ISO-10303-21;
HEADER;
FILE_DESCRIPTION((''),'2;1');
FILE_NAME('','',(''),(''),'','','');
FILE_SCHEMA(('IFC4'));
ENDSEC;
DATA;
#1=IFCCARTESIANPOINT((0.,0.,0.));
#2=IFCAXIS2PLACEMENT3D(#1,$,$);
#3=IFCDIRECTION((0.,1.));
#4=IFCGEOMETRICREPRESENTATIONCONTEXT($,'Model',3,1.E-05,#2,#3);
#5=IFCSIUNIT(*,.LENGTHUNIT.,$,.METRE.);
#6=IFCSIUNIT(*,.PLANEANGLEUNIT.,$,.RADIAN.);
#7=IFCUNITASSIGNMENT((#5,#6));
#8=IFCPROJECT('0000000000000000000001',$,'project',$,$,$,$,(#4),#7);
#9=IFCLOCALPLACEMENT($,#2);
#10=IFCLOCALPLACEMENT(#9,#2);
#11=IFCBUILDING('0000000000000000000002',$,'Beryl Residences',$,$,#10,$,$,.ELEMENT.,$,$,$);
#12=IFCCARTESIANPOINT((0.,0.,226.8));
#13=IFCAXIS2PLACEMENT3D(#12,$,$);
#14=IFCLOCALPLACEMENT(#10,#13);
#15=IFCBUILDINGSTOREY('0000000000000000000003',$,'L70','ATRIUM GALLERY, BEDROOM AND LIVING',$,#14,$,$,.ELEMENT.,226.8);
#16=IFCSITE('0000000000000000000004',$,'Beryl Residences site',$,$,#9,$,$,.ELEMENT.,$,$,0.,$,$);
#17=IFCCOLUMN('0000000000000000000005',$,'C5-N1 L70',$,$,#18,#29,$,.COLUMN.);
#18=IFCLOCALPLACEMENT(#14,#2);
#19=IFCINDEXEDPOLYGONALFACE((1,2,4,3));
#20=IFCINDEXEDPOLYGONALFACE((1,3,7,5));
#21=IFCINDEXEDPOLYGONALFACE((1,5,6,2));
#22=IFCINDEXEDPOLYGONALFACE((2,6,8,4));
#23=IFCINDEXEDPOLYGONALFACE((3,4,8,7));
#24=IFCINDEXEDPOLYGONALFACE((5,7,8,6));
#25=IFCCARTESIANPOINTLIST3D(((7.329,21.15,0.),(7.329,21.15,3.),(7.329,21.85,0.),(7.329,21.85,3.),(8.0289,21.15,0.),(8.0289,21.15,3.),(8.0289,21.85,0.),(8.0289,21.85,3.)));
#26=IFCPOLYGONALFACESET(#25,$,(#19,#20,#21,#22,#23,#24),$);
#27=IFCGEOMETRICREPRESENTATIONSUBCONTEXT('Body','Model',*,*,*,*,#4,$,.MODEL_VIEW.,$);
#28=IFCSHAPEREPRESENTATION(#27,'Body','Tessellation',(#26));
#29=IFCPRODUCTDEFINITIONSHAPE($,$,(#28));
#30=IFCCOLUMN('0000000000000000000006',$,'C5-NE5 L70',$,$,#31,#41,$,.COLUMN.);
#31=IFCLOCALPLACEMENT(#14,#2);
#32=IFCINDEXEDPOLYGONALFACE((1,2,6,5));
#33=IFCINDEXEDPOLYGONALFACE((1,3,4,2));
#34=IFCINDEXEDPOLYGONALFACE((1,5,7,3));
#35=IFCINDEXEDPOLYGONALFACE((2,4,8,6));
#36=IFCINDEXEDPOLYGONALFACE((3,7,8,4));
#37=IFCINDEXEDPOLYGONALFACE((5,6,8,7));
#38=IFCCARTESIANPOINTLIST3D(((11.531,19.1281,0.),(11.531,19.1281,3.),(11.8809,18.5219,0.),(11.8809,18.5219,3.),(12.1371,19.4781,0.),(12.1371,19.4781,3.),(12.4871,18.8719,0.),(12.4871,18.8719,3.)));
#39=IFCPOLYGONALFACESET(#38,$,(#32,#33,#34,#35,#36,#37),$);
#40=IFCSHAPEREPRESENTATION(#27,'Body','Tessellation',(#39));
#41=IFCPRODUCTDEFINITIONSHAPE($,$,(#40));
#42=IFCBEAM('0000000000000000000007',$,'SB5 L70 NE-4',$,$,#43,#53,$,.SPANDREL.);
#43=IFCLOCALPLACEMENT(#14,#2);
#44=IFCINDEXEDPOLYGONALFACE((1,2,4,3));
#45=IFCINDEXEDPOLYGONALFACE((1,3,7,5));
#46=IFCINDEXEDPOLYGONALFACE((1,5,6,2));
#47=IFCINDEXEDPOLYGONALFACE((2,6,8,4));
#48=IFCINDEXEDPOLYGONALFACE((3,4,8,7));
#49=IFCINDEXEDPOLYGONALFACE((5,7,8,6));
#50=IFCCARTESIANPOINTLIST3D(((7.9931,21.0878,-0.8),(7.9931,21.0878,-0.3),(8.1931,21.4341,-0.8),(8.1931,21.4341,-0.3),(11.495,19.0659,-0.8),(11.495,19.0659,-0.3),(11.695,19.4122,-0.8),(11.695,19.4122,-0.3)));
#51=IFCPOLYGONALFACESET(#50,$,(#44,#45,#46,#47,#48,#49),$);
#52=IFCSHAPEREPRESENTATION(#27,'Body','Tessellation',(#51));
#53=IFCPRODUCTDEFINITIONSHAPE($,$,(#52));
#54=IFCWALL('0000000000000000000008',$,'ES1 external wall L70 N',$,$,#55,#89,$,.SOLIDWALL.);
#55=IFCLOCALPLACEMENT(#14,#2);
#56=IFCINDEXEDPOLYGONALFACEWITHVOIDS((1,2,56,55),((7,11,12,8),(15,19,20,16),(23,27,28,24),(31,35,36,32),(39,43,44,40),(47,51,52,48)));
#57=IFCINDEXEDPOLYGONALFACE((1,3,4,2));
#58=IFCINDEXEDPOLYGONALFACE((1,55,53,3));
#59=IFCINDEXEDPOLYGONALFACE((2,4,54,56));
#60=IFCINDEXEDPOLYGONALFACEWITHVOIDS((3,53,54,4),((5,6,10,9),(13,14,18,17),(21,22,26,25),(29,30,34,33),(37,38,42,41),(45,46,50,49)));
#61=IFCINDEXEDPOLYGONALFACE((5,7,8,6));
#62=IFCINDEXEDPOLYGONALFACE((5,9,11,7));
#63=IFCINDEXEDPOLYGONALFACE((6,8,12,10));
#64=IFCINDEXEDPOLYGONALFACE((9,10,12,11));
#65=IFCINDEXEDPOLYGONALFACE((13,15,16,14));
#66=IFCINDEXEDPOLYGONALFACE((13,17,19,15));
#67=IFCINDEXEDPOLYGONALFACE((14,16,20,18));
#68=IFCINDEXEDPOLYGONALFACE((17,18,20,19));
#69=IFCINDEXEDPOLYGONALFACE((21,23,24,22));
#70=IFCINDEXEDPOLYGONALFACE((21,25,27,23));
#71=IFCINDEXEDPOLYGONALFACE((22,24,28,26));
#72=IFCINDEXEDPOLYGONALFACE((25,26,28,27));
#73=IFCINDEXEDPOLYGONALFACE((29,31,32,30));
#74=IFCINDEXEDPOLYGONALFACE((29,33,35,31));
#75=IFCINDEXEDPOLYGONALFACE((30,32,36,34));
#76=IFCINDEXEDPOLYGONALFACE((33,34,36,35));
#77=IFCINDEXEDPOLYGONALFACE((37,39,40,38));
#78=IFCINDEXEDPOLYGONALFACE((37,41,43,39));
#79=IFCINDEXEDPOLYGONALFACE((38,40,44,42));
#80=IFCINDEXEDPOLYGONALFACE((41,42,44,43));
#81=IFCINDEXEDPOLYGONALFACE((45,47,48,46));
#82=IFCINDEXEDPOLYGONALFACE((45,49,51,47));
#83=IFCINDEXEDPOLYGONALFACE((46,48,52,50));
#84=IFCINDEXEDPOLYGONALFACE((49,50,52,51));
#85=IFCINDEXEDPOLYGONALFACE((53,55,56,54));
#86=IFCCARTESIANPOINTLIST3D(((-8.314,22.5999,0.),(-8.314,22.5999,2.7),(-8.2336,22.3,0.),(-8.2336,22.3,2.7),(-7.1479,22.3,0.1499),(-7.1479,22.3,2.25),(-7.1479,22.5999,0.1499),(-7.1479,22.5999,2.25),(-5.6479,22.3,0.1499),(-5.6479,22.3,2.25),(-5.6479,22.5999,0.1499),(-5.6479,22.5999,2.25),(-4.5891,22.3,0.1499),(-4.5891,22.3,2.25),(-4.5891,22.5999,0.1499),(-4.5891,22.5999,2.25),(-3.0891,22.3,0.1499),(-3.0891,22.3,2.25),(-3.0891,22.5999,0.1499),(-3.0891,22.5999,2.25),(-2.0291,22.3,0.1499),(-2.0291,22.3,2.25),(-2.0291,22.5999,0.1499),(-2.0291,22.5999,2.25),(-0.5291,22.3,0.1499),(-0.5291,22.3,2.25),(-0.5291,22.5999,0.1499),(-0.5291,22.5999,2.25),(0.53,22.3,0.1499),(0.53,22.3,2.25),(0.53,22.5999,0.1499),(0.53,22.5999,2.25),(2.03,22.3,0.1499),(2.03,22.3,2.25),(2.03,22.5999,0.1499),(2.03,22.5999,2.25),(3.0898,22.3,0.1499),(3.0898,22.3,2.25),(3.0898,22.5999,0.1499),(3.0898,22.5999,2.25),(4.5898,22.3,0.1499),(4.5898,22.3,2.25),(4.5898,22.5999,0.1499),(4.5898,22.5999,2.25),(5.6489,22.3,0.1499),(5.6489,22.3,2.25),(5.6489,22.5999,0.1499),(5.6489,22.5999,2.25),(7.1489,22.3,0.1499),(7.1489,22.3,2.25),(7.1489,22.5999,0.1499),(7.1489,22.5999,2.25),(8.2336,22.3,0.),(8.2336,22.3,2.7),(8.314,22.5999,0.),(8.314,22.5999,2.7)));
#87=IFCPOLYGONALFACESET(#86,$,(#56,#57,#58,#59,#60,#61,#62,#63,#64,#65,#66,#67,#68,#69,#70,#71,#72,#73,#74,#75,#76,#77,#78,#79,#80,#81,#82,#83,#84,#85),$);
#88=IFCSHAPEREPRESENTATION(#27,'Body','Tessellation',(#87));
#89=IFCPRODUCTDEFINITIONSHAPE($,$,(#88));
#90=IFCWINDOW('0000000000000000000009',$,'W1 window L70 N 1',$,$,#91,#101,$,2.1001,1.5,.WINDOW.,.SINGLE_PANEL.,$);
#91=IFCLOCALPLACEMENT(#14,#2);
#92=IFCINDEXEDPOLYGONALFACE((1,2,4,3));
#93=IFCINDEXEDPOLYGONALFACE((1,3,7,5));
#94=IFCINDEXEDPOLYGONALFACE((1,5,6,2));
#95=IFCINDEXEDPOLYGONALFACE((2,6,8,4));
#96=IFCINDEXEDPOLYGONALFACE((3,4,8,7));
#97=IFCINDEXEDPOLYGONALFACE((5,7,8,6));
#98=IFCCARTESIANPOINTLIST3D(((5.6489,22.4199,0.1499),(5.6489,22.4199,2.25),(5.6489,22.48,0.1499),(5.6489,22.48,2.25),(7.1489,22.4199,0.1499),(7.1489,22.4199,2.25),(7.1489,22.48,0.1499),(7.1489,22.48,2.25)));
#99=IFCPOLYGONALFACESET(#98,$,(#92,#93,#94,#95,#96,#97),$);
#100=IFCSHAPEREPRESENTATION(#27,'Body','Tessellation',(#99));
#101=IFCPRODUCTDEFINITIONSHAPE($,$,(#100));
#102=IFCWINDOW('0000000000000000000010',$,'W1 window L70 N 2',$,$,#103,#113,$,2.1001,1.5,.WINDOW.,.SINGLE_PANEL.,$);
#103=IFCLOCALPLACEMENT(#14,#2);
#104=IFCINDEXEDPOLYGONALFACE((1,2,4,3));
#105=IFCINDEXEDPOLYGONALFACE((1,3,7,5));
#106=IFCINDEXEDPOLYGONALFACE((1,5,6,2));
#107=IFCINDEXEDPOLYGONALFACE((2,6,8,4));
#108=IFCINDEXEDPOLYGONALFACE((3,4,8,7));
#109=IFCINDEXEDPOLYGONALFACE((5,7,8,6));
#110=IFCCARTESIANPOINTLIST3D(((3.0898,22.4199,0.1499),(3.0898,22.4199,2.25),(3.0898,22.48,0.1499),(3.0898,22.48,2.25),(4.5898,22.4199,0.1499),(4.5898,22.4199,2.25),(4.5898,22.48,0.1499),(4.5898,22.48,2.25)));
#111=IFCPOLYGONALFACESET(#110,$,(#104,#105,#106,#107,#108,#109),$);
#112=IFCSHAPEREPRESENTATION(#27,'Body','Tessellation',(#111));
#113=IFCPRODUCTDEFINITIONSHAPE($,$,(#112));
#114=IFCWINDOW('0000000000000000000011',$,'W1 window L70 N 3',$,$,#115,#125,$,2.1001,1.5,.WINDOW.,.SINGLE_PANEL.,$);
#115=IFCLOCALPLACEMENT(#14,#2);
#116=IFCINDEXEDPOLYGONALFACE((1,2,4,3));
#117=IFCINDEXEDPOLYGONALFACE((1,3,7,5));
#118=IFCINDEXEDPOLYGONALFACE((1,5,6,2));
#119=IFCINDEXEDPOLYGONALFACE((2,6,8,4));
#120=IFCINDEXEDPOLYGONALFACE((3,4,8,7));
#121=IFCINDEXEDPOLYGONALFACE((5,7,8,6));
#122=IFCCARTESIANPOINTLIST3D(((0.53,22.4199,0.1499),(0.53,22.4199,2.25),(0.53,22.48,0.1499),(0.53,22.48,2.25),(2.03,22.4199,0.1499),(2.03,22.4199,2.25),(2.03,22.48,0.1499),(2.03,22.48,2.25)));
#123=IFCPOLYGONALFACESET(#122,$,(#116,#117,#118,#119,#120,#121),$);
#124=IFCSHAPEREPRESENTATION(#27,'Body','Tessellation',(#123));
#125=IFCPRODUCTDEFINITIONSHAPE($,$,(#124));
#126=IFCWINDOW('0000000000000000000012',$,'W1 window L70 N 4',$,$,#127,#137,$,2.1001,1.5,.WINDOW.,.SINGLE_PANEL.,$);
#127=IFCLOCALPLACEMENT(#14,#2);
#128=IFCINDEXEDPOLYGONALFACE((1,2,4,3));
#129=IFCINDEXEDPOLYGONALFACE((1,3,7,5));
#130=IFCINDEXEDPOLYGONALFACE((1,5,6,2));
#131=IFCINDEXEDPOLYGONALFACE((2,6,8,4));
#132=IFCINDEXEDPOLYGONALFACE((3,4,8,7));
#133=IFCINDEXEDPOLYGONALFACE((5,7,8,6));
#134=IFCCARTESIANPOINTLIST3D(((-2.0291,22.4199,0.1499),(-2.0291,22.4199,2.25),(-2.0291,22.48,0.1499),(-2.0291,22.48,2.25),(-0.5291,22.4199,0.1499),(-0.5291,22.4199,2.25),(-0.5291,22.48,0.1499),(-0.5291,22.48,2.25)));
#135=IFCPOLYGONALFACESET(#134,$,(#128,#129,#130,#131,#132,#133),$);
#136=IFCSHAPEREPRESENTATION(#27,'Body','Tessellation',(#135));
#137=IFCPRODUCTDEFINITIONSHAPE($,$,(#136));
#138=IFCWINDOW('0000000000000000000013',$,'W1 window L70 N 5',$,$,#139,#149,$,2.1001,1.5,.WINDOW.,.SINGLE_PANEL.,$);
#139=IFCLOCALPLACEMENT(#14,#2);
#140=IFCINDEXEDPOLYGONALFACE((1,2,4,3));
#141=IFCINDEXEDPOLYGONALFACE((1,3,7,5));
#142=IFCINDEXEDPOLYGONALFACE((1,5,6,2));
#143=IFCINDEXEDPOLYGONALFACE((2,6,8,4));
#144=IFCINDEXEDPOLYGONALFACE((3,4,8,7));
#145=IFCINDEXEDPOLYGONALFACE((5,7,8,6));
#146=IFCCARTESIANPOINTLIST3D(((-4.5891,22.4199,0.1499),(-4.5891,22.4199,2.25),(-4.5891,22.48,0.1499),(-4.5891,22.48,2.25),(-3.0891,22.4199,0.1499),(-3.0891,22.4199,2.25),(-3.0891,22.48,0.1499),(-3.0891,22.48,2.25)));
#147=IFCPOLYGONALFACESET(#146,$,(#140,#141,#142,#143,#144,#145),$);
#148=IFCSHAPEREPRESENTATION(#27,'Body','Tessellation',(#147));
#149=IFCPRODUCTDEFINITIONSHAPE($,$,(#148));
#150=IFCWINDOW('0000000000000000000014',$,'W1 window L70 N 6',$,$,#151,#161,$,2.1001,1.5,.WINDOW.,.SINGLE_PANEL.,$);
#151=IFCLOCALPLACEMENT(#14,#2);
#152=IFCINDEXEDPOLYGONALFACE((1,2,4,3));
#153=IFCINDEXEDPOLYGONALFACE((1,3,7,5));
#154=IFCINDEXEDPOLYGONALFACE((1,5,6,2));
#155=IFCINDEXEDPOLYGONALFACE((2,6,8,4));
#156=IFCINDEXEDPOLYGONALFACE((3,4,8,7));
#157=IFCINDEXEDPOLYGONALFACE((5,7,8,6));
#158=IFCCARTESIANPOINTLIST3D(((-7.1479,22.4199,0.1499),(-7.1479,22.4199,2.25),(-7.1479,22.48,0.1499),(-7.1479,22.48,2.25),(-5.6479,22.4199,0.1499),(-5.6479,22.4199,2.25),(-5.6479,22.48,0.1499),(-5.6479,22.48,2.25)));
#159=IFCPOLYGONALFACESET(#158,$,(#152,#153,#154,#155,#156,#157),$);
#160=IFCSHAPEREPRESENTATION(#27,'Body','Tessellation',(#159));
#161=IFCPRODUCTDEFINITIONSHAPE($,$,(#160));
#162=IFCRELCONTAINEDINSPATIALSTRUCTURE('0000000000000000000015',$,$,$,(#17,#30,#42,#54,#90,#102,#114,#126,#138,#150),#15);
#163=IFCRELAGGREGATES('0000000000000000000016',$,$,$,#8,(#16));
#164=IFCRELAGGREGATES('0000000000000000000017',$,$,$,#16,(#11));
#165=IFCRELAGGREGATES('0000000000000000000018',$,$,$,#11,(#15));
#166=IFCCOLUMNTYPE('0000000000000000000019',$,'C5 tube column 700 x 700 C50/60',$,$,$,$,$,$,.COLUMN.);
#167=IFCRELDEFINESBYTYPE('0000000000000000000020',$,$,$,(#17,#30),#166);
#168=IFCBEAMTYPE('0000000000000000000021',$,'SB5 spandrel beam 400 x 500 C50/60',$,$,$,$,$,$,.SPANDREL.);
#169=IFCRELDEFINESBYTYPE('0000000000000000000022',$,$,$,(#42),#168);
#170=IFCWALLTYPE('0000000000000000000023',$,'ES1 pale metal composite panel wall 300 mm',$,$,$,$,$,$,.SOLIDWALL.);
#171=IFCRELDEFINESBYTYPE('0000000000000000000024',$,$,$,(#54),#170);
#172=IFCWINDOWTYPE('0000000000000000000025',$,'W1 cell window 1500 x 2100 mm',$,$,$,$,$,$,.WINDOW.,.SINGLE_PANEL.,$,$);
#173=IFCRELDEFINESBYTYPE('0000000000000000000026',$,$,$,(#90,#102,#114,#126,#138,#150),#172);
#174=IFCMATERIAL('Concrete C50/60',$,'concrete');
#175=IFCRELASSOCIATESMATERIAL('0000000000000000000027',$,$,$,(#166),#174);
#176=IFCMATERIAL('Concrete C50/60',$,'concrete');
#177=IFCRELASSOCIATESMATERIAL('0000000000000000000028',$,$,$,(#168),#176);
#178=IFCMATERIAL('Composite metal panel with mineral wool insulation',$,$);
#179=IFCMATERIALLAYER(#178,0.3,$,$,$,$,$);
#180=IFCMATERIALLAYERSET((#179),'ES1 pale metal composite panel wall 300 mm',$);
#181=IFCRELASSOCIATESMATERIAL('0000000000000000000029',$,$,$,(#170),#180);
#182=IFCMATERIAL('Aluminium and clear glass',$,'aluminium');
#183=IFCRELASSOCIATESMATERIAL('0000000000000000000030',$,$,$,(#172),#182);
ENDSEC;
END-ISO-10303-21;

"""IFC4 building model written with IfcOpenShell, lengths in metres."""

from ifc_helpers import new_model, si_unit, direction, frame, frame_2d, origin, origin_2d, place, context, subcontext, project, spatial, polyline, rectangle, outline, extrude, material, layer, layer_set, material_profile, profile_set, type_object, element, fill, save


model = new_model("IFC4")

# Units and contexts
model_context = context("Model", 3, precision=1e-05, world=origin(), true_north=direction((0.0, 1.0)))
body_context = subcontext(model_context, "Body", "Model", "MODEL_VIEW")
ifc_project = project(units=[si_unit("LENGTHUNIT", "METRE"), si_unit("PLANEANGLEUNIT", "RADIAN")], contexts=[model_context])

# Site, building, storey
site_placement = place(None, origin())
site = spatial("IfcSite", under=ifc_project, at=site_placement, Name="Beryl Residences site", CompositionType="ELEMENT", RefElevation=0.0)
building_placement = place(site_placement, origin())
building = spatial("IfcBuilding", under=site, at=building_placement, Name="Beryl Residences", CompositionType="ELEMENT")
storey_placement = place(building_placement, frame((0.0, 0.0, 226.8)))
storey = spatial("IfcBuildingStorey", under=building, at=storey_placement, Name="L70", Description="ATRIUM GALLERY, BEDROOM AND LIVING", CompositionType="ELEMENT", Elevation=226.8)

# Columns
ifc_material_1 = material(Name="Concrete C50/60", Category="concrete")
ifc_material_profile_1 = material_profile(ifc_material_1, rectangle(XDim=0.7, YDim=0.7, at=origin_2d()))
ifc_profile_set_1 = profile_set([ifc_material_profile_1], Name="Concrete C50/60")
column_type = type_object("IfcColumnType", Name="C5 tube column 700 x 700 C50/60", PredefinedType="COLUMN", material=ifc_profile_set_1)
for number, where, z_axis, x_axis, name in (
    (1, (7.679, 21.5, 0.0), (0.0, 0.0, 1.0), (-1.0, 0.0, 0.0), "C5-N1 L70"),
    (2, (12.009, 19.0, 0.0), (0.0, 0.0, 1.0), (-0.49997, 0.866043, 0.0), "C5-NE5 L70"),
):
    element("IfcColumn", number, at=place(storey_placement, frame(where, z_axis=z_axis, x_axis=x_axis)), inside=storey, type_object=column_type, Name=name, PredefinedType="COLUMN", context=body_context, shape_type="SweptSolid", body=[
        extrude(rectangle(XDim=0.7, YDim=0.7, at=origin_2d()), origin(), (0.0, 0.0, 1.0), 3.0),
    ])

# Beam
ifc_material_2 = material(Name="Concrete C50/60", Category="concrete")
ifc_material_profile_2 = material_profile(ifc_material_2, rectangle(XDim=0.3999, YDim=0.5, at=origin_2d()))
ifc_profile_set_2 = profile_set([ifc_material_profile_2], Name="Concrete C50/60")
beam_type = type_object("IfcBeamType", Name="SB5 spandrel beam 400 x 500 C50/60", PredefinedType="SPANDREL", material=ifc_profile_set_2)
beam_placement = place(storey_placement, frame((11.595, 19.239, -0.55), z_axis=(-0.866013, 0.500022, 0.0), x_axis=(-0.500022, -0.866013, 0.0)))
element("IfcBeam", 3, at=beam_placement, inside=storey, type_object=beam_type, Name="SB5 L70 NE-4", PredefinedType="SPANDREL", context=body_context, shape_type="SweptSolid", body=[
    extrude(rectangle(XDim=0.3999, YDim=0.5, at=origin_2d()), origin(), (0.0, 0.0, 1.0), 4.0437),
])

# Wall, openings, windows
ifc_material_3 = material(Name="Composite metal panel with mineral wool insulation")
ifc_layer_1 = layer(ifc_material_3, 0.3)
ifc_layer_set_1 = layer_set([ifc_layer_1], Name="ES1 pale metal composite panel wall 300 mm")
wall_type_1 = type_object("IfcWallType", Name="ES1 pale metal composite panel wall 300 mm", PredefinedType="SOLIDWALL", material=ifc_layer_set_1)
wall_1_placement = place(storey_placement, frame((8.314, 22.45, 0.0), z_axis=(0.0, 0.0, 1.0), x_axis=(-1.0, 0.0, 0.0)))
wall_1 = element("IfcWall", 4, at=wall_1_placement, inside=storey, type_object=wall_type_1, Name="ES1 external wall L70 N", PredefinedType="SOLIDWALL", context=body_context, shape_type="SweptSolid", body=[
    extrude(outline(polyline([(0.0, -0.1499), (16.6279, -0.1499), (16.5476, 0.1499), (0.0803, 0.1499), (0.0, -0.1499)])), origin(), (0.0, 0.0, 1.0), 2.7),
])
opening_1_placement = place(wall_1_placement, frame((1.165, 0.0, 0.1499)))
opening_1 = element("IfcOpeningElement", 5, at=opening_1_placement, cuts=wall_1, PredefinedType="OPENING", context=body_context, shape_type="SweptSolid", body=[
    extrude(rectangle(XDim=1.5, YDim=2.1001, at=frame_2d((0.75, 1.05))), frame((0.0, 0.1599, 0.0), z_axis=(0.0, -1.0, 0.0), x_axis=(1.0, 0.0, 0.0)), (0.0, 0.0, 1.0), 0.3201),
])
opening_2_placement = place(wall_1_placement, frame((3.7241, 0.0, 0.1499)))
opening_2 = element("IfcOpeningElement", 6, at=opening_2_placement, cuts=wall_1, PredefinedType="OPENING", context=body_context, shape_type="SweptSolid", body=[
    extrude(rectangle(XDim=1.5, YDim=2.1001, at=frame_2d((0.75, 1.05))), frame((0.0, 0.1599, 0.0), z_axis=(0.0, -1.0, 0.0), x_axis=(1.0, 0.0, 0.0)), (0.0, 0.0, 1.0), 0.3201),
])
opening_3_placement = place(wall_1_placement, frame((6.2839, 0.0, 0.1499)))
opening_3 = element("IfcOpeningElement", 7, at=opening_3_placement, cuts=wall_1, PredefinedType="OPENING", context=body_context, shape_type="SweptSolid", body=[
    extrude(rectangle(XDim=1.5, YDim=2.1001, at=frame_2d((0.75, 1.05))), frame((0.0, 0.1599, 0.0), z_axis=(0.0, -1.0, 0.0), x_axis=(1.0, 0.0, 0.0)), (0.0, 0.0, 1.0), 0.3201),
])
opening_4_placement = place(wall_1_placement, frame((8.843, 0.0, 0.1499)))
opening_4 = element("IfcOpeningElement", 8, at=opening_4_placement, cuts=wall_1, PredefinedType="OPENING", context=body_context, shape_type="SweptSolid", body=[
    extrude(rectangle(XDim=1.5, YDim=2.1001, at=frame_2d((0.75, 1.05))), frame((0.0, 0.1599, 0.0), z_axis=(0.0, -1.0, 0.0), x_axis=(1.0, 0.0, 0.0)), (0.0, 0.0, 1.0), 0.3201),
])
opening_5_placement = place(wall_1_placement, frame((11.4031, 0.0, 0.1499)))
opening_5 = element("IfcOpeningElement", 9, at=opening_5_placement, cuts=wall_1, PredefinedType="OPENING", context=body_context, shape_type="SweptSolid", body=[
    extrude(rectangle(XDim=1.5, YDim=2.1001, at=frame_2d((0.75, 1.05))), frame((0.0, 0.1599, 0.0), z_axis=(0.0, -1.0, 0.0), x_axis=(1.0, 0.0, 0.0)), (0.0, 0.0, 1.0), 0.3201),
])
opening_6_placement = place(wall_1_placement, frame((13.9619, 0.0, 0.1499)))
opening_6 = element("IfcOpeningElement", 10, at=opening_6_placement, cuts=wall_1, PredefinedType="OPENING", context=body_context, shape_type="SweptSolid", body=[
    extrude(rectangle(XDim=1.5, YDim=2.1001, at=frame_2d((0.75, 1.05))), frame((0.0, 0.1599, 0.0), z_axis=(0.0, -1.0, 0.0), x_axis=(1.0, 0.0, 0.0)), (0.0, 0.0, 1.0), 0.3201),
])
ifc_material_4 = material(Name="Aluminium and clear glass", Category="aluminium")
window_type_1 = type_object("IfcWindowType", Name="W1 cell window 1500 x 2100 mm", PartitioningType="SINGLE_PANEL", PredefinedType="WINDOW", material=ifc_material_4)
window_1_placement = place(opening_1_placement, origin())
window_1 = element("IfcWindow", 11, at=window_1_placement, inside=storey, type_object=window_type_1, Name="W1 window L70 N 1", OverallHeight=2.1001, OverallWidth=1.5, PartitioningType="SINGLE_PANEL", PredefinedType="WINDOW", context=body_context, shape_type="SweptSolid", body=[
    extrude(rectangle(XDim=1.5, YDim=2.1001, at=frame_2d((0.75, 1.05))), frame((0.0, 0.03, 0.0), z_axis=(0.0, -1.0, 0.0), x_axis=(1.0, 0.0, 0.0)), (0.0, 0.0, 1.0), 0.0601),
])
fill(opening_1, window_1)
window_2_placement = place(opening_2_placement, origin())
window_2 = element("IfcWindow", 12, at=window_2_placement, inside=storey, type_object=window_type_1, Name="W1 window L70 N 2", OverallHeight=2.1001, OverallWidth=1.5, PartitioningType="SINGLE_PANEL", PredefinedType="WINDOW", context=body_context, shape_type="SweptSolid", body=[
    extrude(rectangle(XDim=1.5, YDim=2.1001, at=frame_2d((0.75, 1.05))), frame((0.0, 0.03, 0.0), z_axis=(0.0, -1.0, 0.0), x_axis=(1.0, 0.0, 0.0)), (0.0, 0.0, 1.0), 0.0601),
])
fill(opening_2, window_2)
window_3_placement = place(opening_3_placement, origin())
window_3 = element("IfcWindow", 13, at=window_3_placement, inside=storey, type_object=window_type_1, Name="W1 window L70 N 3", OverallHeight=2.1001, OverallWidth=1.5, PartitioningType="SINGLE_PANEL", PredefinedType="WINDOW", context=body_context, shape_type="SweptSolid", body=[
    extrude(rectangle(XDim=1.5, YDim=2.1001, at=frame_2d((0.75, 1.05))), frame((0.0, 0.03, 0.0), z_axis=(0.0, -1.0, 0.0), x_axis=(1.0, 0.0, 0.0)), (0.0, 0.0, 1.0), 0.0601),
])
fill(opening_3, window_3)
window_4_placement = place(opening_4_placement, origin())
window_4 = element("IfcWindow", 14, at=window_4_placement, inside=storey, type_object=window_type_1, Name="W1 window L70 N 4", OverallHeight=2.1001, OverallWidth=1.5, PartitioningType="SINGLE_PANEL", PredefinedType="WINDOW", context=body_context, shape_type="SweptSolid", body=[
    extrude(rectangle(XDim=1.5, YDim=2.1001, at=frame_2d((0.75, 1.05))), frame((0.0, 0.03, 0.0), z_axis=(0.0, -1.0, 0.0), x_axis=(1.0, 0.0, 0.0)), (0.0, 0.0, 1.0), 0.0601),
])
fill(opening_4, window_4)
window_5_placement = place(opening_5_placement, origin())
window_5 = element("IfcWindow", 15, at=window_5_placement, inside=storey, type_object=window_type_1, Name="W1 window L70 N 5", OverallHeight=2.1001, OverallWidth=1.5, PartitioningType="SINGLE_PANEL", PredefinedType="WINDOW", context=body_context, shape_type="SweptSolid", body=[
    extrude(rectangle(XDim=1.5, YDim=2.1001, at=frame_2d((0.75, 1.05))), frame((0.0, 0.03, 0.0), z_axis=(0.0, -1.0, 0.0), x_axis=(1.0, 0.0, 0.0)), (0.0, 0.0, 1.0), 0.0601),
])
fill(opening_5, window_5)
window_6_placement = place(opening_6_placement, origin())
window_6 = element("IfcWindow", 16, at=window_6_placement, inside=storey, type_object=window_type_1, Name="W1 window L70 N 6", OverallHeight=2.1001, OverallWidth=1.5, PartitioningType="SINGLE_PANEL", PredefinedType="WINDOW", context=body_context, shape_type="SweptSolid", body=[
    extrude(rectangle(XDim=1.5, YDim=2.1001, at=frame_2d((0.75, 1.05))), frame((0.0, 0.03, 0.0), z_axis=(0.0, -1.0, 0.0), x_axis=(1.0, 0.0, 0.0)), (0.0, 0.0, 1.0), 0.0601),
])
fill(opening_6, window_6)

save(model, "model.ifc")
